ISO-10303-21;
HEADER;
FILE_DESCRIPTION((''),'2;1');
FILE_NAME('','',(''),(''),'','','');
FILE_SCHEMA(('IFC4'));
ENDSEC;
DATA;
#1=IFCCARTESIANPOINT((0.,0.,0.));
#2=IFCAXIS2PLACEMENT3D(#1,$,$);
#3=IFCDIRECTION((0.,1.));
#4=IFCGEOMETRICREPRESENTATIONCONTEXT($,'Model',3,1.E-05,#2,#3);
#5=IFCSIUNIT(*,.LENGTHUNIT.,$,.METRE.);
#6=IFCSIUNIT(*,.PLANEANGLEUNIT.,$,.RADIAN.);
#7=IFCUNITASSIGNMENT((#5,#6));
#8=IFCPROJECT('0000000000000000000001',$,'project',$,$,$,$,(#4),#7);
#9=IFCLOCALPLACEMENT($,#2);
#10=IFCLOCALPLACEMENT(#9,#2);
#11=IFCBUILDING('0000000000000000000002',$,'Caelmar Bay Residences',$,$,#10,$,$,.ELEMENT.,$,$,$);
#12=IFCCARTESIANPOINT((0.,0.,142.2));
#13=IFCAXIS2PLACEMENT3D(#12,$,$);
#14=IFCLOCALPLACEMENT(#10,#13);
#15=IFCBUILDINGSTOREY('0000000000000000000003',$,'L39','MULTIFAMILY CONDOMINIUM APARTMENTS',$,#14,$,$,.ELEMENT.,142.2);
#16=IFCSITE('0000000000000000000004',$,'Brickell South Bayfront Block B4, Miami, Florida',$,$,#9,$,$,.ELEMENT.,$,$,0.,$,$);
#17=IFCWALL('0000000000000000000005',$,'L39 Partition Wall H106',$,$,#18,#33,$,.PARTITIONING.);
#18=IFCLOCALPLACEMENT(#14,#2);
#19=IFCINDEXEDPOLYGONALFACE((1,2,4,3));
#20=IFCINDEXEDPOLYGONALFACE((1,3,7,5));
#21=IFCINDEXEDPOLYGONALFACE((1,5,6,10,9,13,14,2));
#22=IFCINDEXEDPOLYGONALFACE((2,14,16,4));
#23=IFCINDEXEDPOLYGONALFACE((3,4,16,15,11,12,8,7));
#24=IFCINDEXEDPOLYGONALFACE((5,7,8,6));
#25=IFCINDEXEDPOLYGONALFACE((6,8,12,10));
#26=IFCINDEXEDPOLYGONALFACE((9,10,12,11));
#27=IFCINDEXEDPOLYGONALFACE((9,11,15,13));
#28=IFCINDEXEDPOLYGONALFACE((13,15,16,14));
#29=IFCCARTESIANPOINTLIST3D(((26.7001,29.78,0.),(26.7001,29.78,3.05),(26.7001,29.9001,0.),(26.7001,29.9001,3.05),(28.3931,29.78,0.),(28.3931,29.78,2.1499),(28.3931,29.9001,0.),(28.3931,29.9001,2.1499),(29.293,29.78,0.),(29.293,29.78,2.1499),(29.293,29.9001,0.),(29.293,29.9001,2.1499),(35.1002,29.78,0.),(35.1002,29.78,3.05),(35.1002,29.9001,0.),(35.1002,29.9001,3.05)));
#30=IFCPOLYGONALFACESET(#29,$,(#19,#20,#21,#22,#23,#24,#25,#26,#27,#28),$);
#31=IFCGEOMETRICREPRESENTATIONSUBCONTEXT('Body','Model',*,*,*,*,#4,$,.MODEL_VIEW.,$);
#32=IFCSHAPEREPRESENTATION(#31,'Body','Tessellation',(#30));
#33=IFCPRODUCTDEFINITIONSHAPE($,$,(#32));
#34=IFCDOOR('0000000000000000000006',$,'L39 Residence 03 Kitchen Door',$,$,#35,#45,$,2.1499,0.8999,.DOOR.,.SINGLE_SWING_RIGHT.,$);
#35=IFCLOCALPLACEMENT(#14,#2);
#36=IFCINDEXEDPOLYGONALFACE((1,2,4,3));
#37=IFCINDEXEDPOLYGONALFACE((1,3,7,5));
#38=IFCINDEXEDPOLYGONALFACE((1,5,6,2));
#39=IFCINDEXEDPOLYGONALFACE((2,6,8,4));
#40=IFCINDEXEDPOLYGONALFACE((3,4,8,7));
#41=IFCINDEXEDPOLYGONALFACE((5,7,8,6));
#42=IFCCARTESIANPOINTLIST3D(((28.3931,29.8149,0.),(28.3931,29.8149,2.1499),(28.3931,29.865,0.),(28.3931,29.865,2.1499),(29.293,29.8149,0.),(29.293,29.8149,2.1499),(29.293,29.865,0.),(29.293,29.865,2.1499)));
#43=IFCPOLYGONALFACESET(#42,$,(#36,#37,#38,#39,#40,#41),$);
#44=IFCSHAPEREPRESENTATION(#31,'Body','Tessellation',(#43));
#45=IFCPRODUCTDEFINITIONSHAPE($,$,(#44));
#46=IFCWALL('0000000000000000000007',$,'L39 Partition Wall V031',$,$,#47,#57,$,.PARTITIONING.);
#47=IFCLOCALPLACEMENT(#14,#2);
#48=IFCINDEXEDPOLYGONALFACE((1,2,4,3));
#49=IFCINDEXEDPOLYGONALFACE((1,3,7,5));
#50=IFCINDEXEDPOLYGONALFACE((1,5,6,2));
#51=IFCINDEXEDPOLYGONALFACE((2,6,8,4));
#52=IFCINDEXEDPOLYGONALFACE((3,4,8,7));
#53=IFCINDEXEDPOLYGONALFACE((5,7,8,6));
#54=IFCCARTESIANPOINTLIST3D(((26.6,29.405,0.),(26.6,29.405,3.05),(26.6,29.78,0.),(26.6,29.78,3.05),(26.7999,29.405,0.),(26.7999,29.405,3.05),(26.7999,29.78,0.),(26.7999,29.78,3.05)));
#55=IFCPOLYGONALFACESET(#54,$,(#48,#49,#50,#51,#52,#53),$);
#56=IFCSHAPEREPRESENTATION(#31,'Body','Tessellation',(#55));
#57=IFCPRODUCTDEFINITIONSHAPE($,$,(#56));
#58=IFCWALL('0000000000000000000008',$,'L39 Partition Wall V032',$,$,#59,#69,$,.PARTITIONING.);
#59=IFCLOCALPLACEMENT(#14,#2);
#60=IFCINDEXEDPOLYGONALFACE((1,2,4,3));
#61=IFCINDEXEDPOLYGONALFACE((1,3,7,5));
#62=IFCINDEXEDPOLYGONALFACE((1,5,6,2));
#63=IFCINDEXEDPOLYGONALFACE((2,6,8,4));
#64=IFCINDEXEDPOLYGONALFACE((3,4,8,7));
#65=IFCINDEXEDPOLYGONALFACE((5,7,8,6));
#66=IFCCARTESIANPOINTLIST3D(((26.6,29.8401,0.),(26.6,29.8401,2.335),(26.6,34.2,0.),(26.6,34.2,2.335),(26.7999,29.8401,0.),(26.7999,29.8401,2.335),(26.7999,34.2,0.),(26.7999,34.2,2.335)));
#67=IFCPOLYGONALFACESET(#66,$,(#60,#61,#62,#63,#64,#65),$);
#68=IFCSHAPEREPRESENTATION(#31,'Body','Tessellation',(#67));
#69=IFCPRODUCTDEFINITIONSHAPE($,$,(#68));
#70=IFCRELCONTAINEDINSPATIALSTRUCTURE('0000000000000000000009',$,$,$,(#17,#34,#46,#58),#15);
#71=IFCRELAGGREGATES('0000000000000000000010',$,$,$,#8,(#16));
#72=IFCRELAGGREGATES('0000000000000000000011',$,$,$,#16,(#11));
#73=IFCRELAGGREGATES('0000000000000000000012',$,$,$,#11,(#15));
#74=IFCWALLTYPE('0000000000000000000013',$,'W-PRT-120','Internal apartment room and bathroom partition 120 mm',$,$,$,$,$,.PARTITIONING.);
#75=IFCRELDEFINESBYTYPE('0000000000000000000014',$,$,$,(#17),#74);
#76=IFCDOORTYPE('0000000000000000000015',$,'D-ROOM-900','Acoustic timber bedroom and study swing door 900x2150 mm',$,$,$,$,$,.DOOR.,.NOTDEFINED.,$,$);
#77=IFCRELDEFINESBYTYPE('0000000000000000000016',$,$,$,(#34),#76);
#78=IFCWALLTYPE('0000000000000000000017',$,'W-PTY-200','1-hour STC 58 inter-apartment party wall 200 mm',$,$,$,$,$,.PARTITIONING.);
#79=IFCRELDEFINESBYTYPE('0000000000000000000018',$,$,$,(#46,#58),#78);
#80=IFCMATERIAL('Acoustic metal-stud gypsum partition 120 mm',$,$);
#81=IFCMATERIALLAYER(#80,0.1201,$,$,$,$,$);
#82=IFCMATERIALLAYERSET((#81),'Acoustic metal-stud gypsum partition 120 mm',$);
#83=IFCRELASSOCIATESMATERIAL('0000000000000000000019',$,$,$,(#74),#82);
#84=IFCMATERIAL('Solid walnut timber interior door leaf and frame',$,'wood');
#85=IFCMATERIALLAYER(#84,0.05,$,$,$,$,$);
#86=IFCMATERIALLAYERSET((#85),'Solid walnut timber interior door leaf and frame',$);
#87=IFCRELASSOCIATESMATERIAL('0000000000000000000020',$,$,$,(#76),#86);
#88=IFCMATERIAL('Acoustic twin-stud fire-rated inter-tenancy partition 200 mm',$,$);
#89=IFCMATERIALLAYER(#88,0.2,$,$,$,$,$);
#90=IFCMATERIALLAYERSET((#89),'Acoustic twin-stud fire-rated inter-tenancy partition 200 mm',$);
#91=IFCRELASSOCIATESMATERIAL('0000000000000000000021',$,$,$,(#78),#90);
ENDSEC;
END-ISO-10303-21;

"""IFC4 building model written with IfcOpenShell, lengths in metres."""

from ifc_helpers import new_model, si_unit, direction, frame, frame_2d, origin, place, context, subcontext, project, spatial, rectangle, extrude, material, layer, layer_set, type_object, element, fill, save


model = new_model("IFC4")

# Units and contexts
model_context = context("Model", 3, precision=1e-05, world=origin(), true_north=direction((0.0, 1.0)))
body_context = subcontext(model_context, "Body", "Model", "MODEL_VIEW")
ifc_project = project(units=[si_unit("LENGTHUNIT", "METRE"), si_unit("PLANEANGLEUNIT", "RADIAN")], contexts=[model_context])

# Site, building, storey
site_placement = place(None, origin())
site = spatial("IfcSite", under=ifc_project, at=site_placement, Name="Brickell South Bayfront Block B4, Miami, Florida", CompositionType="ELEMENT", RefElevation=0.0)
building_placement = place(site_placement, origin())
building = spatial("IfcBuilding", under=site, at=building_placement, Name="Caelmar Bay Residences", CompositionType="ELEMENT")
storey_placement = place(building_placement, frame((0.0, 0.0, 142.2)))
storey = spatial("IfcBuildingStorey", under=building, at=storey_placement, Name="L39", Description="MULTIFAMILY CONDOMINIUM APARTMENTS", CompositionType="ELEMENT", Elevation=142.2)

# Shared definitions
ifc_material_1 = material(Name="Acoustic metal-stud gypsum partition 120 mm")
ifc_layer_1 = layer(ifc_material_1, 0.1201)
ifc_layer_set_1 = layer_set([ifc_layer_1], Name="Acoustic metal-stud gypsum partition 120 mm")
wall_type_1 = type_object("IfcWallType", Name="W-PRT-120", Description="Internal apartment room and bathroom partition 120 mm", PredefinedType="PARTITIONING", material=ifc_layer_set_1)

# Shared definitions
ifc_material_2 = material(Name="Solid walnut timber interior door leaf and frame", Category="wood")
ifc_layer_2 = layer(ifc_material_2, 0.05)
ifc_layer_set_2 = layer_set([ifc_layer_2], Name="Solid walnut timber interior door leaf and frame")
door_type_1 = type_object("IfcDoorType", Name="D-ROOM-900", Description="Acoustic timber bedroom and study swing door 900x2150 mm", OperationType="NOTDEFINED", PredefinedType="DOOR", material=ifc_layer_set_2)

# Wall, opening, door
wall_1_placement = place(storey_placement, frame((26.7, 29.8401, 0.0), z_axis=(0.0, 0.0, 1.0), x_axis=(1.0, 0.0, 0.0)))
wall_1 = element("IfcWall", 1, at=wall_1_placement, inside=storey, type_object=wall_type_1, Name="L39 Partition Wall H106", PredefinedType="PARTITIONING", context=body_context, shape_type="SweptSolid", body=[
    extrude(rectangle(XDim=8.4001, YDim=0.1201, at=frame_2d((4.2002, 0.0))), origin(), (0.0, 0.0, 1.0), 3.05),
])
opening_1_placement = place(wall_1_placement, frame((1.6931, 0.0, 0.0)))
opening_1 = element("IfcOpeningElement", 2, at=opening_1_placement, cuts=wall_1, PredefinedType="OPENING", context=body_context, shape_type="SweptSolid", body=[
    extrude(rectangle(XDim=0.8999, YDim=2.1499, at=frame_2d((0.45, 1.075))), frame((0.0, 0.0701, 0.0), z_axis=(0.0, -1.0, 0.0), x_axis=(1.0, 0.0, 0.0)), (0.0, 0.0, 1.0), 0.1401),
])
door_1_placement = place(opening_1_placement, origin())
door_1 = element("IfcDoor", 3, at=door_1_placement, inside=storey, type_object=door_type_1, Name="L39 Residence 03 Kitchen Door", OperationType="SINGLE_SWING_RIGHT", OverallHeight=2.1499, OverallWidth=0.8999, PredefinedType="DOOR", context=body_context, shape_type="SweptSolid", body=[
    extrude(rectangle(XDim=0.8999, YDim=2.1499, at=frame_2d((0.45, 1.075))), frame((0.0, 0.0249, 0.0), z_axis=(0.0, -1.0, 0.0), x_axis=(1.0, 0.0, 0.0)), (0.0, 0.0, 1.0), 0.05),
])
fill(opening_1, door_1)

# Walls
ifc_material_3 = material(Name="Acoustic twin-stud fire-rated inter-tenancy partition 200 mm")
ifc_layer_3 = layer(ifc_material_3, 0.2)
ifc_layer_set_3 = layer_set([ifc_layer_3], Name="Acoustic twin-stud fire-rated inter-tenancy partition 200 mm")
wall_type_2 = type_object("IfcWallType", Name="W-PTY-200", Description="1-hour STC 58 inter-apartment party wall 200 mm", PredefinedType="PARTITIONING", material=ifc_layer_set_3)
wall_2_placement = place(storey_placement, frame((26.7, 29.405, 0.0), z_axis=(0.0, 0.0, 1.0), x_axis=(0.0, 1.0, 0.0)))
element("IfcWall", 4, at=wall_2_placement, inside=storey, type_object=wall_type_2, Name="L39 Partition Wall V031", PredefinedType="PARTITIONING", context=body_context, shape_type="SweptSolid", body=[
    extrude(rectangle(XDim=0.375, YDim=0.2, at=frame_2d((0.1875, 0.0))), origin(), (0.0, 0.0, 1.0), 3.05),
])
wall_3_placement = place(storey_placement, frame((26.7, 29.8401, 0.0), z_axis=(0.0, 0.0, 1.0), x_axis=(0.0, 1.0, 0.0)))
element("IfcWall", 5, at=wall_3_placement, inside=storey, type_object=wall_type_2, Name="L39 Partition Wall V032", PredefinedType="PARTITIONING", context=body_context, shape_type="SweptSolid", body=[
    extrude(rectangle(XDim=4.3599, YDim=0.2, at=frame_2d((2.1799, 0.0))), origin(), (0.0, 0.0, 1.0), 2.335),
])

save(model, "model.ifc")
